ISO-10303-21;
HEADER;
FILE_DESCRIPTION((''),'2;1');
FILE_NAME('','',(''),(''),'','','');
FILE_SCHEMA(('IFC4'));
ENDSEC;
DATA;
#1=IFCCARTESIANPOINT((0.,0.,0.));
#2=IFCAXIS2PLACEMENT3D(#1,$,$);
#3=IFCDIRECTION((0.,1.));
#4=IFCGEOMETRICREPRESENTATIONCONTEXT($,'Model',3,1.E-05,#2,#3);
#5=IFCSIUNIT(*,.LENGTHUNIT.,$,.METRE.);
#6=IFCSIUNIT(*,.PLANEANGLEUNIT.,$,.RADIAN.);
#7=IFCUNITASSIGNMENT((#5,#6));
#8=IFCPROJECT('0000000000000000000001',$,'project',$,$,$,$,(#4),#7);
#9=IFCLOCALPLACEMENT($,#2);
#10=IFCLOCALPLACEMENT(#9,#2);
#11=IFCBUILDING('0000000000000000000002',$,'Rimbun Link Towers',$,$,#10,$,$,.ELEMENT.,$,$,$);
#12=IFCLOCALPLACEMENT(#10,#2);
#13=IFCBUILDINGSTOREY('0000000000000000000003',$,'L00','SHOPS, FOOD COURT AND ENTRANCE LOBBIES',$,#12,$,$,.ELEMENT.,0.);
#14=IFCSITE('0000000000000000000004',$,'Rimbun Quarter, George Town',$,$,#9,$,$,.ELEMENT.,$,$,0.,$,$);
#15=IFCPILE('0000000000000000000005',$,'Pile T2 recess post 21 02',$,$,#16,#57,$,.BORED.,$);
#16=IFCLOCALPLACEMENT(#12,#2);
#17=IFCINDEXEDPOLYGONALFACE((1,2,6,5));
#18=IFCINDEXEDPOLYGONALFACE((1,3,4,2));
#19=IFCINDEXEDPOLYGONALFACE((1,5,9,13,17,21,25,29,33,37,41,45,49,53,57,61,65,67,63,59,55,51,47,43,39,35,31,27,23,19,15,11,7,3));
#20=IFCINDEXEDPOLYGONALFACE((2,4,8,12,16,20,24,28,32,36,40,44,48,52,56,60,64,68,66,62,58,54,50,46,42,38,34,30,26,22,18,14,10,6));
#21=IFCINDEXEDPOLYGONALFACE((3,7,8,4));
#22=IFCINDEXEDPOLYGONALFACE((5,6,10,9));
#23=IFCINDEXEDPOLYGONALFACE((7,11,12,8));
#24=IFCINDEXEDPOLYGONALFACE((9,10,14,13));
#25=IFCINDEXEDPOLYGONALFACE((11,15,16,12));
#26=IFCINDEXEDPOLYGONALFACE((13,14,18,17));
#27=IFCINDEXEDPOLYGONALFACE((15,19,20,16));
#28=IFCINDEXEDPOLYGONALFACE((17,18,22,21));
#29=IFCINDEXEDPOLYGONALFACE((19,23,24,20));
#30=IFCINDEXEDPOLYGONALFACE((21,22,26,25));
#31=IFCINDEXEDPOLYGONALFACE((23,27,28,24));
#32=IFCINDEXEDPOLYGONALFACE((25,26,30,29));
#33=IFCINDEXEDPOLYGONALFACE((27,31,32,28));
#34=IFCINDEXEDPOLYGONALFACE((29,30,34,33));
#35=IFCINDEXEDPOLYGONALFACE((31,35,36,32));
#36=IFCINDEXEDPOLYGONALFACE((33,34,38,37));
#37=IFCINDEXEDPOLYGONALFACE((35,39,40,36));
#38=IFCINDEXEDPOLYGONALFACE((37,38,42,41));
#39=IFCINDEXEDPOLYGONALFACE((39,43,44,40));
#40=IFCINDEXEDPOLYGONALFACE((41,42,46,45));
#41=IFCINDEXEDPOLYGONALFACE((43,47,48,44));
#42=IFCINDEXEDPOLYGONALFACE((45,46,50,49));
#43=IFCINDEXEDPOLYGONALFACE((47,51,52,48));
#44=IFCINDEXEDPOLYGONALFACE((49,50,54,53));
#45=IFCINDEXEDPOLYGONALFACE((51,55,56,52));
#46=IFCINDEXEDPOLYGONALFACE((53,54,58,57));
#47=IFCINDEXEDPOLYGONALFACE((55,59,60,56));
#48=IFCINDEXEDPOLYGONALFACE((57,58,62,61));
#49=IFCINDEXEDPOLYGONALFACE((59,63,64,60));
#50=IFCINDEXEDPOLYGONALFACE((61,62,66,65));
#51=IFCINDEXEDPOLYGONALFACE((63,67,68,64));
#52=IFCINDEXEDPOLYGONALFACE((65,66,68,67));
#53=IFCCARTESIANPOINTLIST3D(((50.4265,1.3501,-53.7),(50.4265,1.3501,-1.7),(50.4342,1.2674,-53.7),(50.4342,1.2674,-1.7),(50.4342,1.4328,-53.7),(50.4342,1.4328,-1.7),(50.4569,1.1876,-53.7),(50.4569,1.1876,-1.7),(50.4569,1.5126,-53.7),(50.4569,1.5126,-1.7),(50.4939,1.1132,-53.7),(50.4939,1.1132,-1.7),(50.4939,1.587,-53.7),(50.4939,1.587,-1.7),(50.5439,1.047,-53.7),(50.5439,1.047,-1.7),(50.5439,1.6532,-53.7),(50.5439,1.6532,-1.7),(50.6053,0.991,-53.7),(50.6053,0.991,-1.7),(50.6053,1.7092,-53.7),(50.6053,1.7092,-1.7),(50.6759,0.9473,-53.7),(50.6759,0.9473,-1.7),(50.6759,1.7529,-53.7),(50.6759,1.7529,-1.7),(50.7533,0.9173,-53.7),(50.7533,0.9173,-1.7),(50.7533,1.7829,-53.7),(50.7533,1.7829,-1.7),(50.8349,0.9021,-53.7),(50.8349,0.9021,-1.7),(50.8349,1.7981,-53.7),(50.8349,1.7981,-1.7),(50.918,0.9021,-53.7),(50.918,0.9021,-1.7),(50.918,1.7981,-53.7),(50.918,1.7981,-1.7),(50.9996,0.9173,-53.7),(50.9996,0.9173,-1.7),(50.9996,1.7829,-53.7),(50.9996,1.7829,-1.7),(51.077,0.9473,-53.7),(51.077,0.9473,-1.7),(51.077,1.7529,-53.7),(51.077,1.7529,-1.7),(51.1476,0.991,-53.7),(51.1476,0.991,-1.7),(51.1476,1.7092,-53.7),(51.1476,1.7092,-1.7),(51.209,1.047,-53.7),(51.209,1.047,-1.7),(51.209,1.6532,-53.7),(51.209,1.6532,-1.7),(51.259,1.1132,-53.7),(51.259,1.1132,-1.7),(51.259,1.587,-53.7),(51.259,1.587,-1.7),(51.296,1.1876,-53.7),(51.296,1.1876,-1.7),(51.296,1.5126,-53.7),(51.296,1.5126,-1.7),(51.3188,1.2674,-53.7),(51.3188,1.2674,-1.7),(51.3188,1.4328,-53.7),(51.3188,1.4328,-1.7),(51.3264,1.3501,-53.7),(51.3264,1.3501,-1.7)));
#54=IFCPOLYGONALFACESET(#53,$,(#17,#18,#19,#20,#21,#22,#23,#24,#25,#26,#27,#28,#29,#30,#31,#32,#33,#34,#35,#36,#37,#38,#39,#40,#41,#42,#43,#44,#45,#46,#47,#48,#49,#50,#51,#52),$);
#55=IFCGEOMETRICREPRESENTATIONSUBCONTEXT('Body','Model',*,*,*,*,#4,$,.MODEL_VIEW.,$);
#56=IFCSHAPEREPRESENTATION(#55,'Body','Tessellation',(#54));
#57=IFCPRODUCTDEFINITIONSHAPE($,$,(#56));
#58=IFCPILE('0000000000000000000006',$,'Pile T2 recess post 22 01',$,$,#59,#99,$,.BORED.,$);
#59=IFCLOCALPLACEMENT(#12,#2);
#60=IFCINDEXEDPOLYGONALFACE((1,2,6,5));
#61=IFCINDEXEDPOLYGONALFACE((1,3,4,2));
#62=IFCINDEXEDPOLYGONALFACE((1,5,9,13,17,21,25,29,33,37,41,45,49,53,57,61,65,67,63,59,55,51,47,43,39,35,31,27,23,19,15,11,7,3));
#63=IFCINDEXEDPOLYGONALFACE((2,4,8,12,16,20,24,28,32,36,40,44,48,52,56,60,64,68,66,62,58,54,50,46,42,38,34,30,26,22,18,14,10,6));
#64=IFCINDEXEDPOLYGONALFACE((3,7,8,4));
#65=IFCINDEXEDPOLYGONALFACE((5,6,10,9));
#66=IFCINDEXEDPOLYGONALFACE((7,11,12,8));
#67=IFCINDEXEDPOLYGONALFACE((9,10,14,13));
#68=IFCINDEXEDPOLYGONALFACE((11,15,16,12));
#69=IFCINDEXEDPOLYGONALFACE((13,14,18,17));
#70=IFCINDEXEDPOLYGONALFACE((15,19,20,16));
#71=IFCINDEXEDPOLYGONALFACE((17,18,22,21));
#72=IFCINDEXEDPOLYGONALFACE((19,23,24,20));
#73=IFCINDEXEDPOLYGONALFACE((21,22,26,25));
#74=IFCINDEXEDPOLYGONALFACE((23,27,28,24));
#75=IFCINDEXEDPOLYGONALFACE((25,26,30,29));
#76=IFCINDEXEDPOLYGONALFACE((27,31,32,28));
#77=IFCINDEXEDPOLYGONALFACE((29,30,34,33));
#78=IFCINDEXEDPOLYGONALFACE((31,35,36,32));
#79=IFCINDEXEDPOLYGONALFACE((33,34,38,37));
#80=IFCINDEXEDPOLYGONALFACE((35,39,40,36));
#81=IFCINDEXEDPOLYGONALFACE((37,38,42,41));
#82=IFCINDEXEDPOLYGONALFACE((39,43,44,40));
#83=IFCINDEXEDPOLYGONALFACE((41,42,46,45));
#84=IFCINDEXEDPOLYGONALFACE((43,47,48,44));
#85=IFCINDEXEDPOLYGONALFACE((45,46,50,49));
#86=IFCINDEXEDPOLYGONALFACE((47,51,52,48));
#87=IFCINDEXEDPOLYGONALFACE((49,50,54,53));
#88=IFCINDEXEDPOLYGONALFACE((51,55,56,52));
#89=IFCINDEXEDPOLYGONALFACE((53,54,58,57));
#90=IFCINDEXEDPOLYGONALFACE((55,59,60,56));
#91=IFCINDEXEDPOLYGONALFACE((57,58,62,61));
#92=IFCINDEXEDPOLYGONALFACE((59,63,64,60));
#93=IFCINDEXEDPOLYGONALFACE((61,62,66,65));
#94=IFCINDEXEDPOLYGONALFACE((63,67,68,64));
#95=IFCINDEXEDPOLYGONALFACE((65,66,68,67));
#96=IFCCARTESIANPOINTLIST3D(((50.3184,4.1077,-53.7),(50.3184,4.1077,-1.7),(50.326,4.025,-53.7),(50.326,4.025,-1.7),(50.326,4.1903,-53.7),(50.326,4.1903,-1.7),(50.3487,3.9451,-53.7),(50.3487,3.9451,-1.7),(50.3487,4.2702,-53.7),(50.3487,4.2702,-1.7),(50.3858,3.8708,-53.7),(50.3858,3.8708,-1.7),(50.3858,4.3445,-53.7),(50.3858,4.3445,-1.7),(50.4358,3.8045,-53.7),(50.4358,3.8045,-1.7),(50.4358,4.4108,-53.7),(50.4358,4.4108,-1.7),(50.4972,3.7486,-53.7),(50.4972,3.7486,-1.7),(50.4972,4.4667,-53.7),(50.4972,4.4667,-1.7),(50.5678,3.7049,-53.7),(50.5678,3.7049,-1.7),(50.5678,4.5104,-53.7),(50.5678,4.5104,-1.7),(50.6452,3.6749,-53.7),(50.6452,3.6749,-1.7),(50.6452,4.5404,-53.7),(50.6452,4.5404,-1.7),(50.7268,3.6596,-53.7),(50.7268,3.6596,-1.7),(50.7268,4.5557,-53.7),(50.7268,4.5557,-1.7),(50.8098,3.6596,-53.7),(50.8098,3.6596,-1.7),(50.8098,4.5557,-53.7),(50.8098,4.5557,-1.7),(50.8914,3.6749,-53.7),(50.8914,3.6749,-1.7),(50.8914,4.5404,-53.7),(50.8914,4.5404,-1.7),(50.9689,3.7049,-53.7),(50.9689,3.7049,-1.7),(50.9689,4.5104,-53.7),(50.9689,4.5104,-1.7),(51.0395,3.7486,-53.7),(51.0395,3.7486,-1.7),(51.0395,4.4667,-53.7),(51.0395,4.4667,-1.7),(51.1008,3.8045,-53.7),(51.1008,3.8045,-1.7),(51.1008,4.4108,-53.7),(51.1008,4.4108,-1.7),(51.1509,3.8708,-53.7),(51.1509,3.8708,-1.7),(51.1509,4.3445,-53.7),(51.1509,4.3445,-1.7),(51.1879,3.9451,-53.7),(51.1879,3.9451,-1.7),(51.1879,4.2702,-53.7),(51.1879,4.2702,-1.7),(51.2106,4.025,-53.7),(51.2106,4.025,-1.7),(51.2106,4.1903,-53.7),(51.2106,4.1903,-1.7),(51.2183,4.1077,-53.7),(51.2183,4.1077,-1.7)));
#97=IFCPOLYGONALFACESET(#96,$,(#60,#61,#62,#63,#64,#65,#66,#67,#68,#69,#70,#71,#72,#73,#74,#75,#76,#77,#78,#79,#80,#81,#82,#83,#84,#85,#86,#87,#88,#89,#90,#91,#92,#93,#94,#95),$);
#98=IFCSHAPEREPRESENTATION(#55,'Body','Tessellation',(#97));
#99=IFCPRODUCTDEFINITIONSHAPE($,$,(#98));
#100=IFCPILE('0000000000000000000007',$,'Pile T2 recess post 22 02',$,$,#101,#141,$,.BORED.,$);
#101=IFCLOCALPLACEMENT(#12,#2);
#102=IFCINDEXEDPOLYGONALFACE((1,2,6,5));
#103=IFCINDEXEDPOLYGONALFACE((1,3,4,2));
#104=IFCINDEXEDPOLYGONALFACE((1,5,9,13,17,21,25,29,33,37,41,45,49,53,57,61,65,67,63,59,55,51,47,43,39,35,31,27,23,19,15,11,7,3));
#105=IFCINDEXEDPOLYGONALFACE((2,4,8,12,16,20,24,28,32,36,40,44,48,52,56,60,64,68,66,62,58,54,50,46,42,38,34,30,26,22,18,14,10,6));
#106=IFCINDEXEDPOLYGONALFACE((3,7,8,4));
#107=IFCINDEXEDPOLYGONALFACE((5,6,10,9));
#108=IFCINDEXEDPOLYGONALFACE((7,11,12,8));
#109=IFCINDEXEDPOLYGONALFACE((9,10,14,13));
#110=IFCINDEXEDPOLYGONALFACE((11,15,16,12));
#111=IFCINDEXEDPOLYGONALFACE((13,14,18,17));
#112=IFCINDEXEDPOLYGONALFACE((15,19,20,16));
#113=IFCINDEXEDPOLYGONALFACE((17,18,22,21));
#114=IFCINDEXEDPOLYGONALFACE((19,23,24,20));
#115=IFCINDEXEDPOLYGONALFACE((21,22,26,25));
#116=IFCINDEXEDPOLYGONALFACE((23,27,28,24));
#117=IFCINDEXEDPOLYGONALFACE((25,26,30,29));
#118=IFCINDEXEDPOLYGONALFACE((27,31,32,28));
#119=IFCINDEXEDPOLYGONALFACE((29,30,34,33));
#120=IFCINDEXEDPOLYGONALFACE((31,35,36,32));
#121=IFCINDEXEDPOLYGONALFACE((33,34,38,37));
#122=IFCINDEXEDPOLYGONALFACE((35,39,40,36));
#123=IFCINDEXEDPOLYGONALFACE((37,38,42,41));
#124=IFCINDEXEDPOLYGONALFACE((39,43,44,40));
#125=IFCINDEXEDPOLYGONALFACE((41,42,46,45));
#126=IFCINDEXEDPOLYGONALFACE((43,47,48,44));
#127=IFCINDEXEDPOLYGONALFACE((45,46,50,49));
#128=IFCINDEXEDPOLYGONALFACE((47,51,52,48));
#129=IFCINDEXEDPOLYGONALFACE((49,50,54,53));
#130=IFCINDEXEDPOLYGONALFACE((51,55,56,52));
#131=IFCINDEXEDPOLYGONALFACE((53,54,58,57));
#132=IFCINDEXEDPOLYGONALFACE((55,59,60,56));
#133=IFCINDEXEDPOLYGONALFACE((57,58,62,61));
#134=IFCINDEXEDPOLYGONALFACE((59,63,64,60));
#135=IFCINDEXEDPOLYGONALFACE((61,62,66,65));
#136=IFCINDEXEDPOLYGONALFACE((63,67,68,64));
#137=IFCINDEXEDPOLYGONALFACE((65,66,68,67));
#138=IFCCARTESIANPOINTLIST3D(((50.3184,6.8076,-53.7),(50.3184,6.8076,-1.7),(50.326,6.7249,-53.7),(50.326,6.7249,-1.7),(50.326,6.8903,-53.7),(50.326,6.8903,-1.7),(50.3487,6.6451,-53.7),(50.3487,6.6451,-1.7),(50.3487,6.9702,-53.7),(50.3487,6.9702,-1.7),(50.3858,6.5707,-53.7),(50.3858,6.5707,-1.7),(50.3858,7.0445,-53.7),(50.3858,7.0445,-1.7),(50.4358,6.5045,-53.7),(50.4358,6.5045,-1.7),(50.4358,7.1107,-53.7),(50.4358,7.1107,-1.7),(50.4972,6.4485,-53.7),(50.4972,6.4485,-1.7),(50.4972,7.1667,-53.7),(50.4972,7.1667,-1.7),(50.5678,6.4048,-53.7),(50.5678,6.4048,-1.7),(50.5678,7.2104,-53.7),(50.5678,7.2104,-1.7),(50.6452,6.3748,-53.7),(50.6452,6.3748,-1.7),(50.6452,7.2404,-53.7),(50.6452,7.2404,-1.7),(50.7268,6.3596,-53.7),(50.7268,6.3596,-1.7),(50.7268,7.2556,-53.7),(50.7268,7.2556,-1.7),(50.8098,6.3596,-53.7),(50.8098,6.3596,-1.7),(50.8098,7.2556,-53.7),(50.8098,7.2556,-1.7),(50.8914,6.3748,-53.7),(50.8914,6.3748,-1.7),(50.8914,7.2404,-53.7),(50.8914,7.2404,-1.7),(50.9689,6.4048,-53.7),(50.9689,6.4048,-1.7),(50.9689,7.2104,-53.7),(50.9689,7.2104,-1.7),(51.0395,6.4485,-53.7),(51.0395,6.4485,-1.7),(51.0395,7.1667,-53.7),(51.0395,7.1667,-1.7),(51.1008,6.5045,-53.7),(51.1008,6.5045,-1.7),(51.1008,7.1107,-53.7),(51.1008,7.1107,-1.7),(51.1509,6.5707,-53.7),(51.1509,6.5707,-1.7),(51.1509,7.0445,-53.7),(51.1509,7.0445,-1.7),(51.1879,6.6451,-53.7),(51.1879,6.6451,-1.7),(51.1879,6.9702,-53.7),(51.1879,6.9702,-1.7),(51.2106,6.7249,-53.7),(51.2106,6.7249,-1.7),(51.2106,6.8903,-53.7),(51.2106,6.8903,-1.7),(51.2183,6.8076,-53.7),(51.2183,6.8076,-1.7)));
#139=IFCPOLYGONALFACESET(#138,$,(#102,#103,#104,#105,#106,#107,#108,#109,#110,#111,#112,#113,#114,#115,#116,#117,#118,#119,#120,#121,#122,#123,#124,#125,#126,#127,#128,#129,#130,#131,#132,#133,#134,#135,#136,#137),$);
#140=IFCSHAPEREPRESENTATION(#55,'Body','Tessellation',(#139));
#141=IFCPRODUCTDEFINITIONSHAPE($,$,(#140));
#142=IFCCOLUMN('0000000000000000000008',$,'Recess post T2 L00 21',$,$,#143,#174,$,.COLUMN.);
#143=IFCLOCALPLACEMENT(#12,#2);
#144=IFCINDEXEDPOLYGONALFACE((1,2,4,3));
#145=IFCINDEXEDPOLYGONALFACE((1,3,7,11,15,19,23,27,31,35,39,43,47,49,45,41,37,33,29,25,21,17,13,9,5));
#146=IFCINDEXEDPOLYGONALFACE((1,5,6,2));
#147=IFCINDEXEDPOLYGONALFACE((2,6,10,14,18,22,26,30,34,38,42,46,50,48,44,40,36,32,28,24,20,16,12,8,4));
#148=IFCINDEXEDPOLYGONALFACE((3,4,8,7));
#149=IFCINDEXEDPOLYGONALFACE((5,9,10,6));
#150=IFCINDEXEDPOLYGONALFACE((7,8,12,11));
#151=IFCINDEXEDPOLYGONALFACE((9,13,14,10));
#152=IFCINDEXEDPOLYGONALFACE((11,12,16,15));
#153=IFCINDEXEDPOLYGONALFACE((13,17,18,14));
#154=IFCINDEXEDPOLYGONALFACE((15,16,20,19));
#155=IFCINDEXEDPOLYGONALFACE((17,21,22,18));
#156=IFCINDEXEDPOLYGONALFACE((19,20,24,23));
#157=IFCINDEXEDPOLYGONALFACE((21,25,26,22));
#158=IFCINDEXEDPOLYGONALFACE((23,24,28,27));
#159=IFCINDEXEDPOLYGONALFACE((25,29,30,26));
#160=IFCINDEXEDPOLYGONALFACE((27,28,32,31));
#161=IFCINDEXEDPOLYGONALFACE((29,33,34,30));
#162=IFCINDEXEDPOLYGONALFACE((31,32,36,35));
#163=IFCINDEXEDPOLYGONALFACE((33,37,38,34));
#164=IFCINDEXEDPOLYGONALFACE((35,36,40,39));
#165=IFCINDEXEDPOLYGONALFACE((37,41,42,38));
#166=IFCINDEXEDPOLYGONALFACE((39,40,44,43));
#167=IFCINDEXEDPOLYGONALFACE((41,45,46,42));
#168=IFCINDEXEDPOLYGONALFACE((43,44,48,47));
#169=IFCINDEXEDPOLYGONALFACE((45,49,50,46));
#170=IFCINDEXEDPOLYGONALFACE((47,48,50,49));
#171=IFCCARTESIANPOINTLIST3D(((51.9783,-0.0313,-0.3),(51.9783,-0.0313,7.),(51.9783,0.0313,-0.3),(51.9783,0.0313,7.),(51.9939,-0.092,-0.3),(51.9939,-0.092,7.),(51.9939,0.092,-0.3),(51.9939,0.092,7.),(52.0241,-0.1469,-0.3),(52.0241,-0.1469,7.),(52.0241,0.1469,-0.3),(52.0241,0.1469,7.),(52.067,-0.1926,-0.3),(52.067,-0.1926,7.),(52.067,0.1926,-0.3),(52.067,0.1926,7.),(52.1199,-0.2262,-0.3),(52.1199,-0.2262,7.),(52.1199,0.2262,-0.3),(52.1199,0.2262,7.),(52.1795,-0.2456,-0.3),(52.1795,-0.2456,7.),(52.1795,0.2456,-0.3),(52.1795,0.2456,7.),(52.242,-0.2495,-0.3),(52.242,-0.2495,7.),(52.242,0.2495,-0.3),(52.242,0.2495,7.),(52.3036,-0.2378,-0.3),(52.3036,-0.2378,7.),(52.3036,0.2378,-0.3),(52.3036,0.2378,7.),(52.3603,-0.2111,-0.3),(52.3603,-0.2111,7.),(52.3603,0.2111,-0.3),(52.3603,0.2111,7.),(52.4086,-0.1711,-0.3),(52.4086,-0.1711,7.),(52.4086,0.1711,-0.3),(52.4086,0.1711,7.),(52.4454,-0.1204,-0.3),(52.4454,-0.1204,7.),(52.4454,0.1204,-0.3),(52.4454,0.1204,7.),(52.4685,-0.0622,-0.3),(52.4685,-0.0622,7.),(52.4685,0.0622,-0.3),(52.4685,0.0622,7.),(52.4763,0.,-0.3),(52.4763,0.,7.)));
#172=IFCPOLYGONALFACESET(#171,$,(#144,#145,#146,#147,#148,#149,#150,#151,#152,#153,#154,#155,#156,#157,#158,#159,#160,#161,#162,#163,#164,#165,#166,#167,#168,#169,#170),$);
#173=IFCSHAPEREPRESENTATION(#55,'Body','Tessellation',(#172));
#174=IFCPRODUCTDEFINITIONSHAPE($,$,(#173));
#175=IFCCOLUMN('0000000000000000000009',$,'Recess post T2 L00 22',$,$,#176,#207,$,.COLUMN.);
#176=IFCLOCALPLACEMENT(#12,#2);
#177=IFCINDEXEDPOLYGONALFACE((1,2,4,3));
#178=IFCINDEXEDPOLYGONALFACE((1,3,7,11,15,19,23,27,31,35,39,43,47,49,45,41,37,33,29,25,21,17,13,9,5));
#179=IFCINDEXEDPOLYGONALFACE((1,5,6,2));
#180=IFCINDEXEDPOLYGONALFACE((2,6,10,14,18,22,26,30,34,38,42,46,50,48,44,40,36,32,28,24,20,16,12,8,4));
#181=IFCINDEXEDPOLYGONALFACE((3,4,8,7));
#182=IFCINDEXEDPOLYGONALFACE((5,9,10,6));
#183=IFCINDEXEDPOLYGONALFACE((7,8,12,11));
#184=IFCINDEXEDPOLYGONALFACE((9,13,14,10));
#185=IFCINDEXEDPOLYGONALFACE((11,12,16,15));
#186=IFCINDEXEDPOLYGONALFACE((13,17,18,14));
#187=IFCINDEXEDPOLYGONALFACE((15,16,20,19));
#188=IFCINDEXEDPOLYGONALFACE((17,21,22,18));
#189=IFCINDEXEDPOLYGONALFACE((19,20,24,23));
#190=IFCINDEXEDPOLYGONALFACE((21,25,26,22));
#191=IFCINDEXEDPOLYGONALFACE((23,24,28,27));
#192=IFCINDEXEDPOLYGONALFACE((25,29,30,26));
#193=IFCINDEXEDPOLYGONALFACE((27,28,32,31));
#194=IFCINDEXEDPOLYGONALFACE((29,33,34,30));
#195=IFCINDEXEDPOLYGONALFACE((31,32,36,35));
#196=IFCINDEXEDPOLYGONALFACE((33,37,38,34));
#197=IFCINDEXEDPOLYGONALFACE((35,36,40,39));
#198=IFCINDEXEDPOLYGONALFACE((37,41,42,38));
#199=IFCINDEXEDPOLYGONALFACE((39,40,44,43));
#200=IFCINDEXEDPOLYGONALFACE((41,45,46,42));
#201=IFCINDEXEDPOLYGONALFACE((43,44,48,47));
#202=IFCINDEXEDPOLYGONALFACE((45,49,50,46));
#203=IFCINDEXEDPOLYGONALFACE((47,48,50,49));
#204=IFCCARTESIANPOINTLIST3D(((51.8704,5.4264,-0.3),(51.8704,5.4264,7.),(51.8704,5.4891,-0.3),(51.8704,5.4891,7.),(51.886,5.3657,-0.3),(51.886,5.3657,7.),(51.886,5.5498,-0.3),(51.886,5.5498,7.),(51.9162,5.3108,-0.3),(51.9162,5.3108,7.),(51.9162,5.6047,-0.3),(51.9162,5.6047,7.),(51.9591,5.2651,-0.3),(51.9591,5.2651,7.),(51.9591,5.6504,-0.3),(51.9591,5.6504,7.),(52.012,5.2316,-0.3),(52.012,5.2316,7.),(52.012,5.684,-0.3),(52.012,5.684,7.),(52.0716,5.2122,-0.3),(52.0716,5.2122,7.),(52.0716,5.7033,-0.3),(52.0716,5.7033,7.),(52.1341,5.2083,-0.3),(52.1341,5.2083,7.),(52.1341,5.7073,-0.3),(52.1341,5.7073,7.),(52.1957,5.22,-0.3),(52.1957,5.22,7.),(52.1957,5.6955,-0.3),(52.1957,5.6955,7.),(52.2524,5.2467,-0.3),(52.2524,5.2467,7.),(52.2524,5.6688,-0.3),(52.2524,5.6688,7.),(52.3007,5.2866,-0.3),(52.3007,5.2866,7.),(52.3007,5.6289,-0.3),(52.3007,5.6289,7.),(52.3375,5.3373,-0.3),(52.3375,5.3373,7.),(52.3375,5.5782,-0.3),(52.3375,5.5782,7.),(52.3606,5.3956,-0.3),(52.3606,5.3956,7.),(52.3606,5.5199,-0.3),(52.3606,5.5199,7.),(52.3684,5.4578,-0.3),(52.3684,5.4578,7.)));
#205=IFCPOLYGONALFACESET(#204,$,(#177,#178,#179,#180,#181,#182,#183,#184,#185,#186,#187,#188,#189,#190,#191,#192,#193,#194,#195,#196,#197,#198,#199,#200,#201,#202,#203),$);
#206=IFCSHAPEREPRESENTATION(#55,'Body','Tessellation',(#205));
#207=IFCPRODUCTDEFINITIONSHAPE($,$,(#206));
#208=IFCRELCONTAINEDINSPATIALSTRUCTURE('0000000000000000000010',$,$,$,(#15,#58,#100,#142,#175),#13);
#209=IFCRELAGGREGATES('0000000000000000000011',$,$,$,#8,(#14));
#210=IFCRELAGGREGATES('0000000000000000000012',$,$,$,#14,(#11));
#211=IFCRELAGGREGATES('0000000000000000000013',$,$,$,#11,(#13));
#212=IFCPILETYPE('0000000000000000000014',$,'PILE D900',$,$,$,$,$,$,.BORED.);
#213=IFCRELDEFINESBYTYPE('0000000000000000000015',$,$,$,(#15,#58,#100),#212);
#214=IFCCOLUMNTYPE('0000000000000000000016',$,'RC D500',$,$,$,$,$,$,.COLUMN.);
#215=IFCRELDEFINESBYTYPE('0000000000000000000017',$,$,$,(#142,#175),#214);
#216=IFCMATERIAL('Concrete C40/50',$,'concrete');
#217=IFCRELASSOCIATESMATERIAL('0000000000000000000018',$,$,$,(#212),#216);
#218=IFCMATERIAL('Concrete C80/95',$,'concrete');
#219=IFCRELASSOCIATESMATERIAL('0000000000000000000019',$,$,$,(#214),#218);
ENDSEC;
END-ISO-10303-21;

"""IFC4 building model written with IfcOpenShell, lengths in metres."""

from ifc_helpers import new_model, si_unit, direction, frame, origin, origin_2d, place, context, subcontext, project, spatial, circle, extrude, material, material_profile, profile_set, type_object, element, save


model = new_model("IFC4")

# Units and contexts
model_context = context("Model", 3, precision=1e-05, world=origin(), true_north=direction((0.0, 1.0)))
body_context = subcontext(model_context, "Body", "Model", "MODEL_VIEW")
ifc_project = project(units=[si_unit("LENGTHUNIT", "METRE"), si_unit("PLANEANGLEUNIT", "RADIAN")], contexts=[model_context])

# Site, building, storey
site_placement = place(None, origin())
site = spatial("IfcSite", under=ifc_project, at=site_placement, Name="Rimbun Quarter, George Town", CompositionType="ELEMENT", RefElevation=0.0)
building_placement = place(site_placement, origin())
building = spatial("IfcBuilding", under=site, at=building_placement, Name="Rimbun Link Towers", CompositionType="ELEMENT")
storey_placement = place(building_placement, origin())
storey = spatial("IfcBuildingStorey", under=building, at=storey_placement, Name="L00", Description="SHOPS, FOOD COURT AND ENTRANCE LOBBIES", CompositionType="ELEMENT", Elevation=0.0)

# Piles
ifc_material_1 = material(Name="Concrete C40/50", Category="concrete")
ifc_material_profile_1 = material_profile(ifc_material_1, circle(Radius=0.45, at=origin_2d()), Name="PILE D900")
ifc_profile_set_1 = profile_set([ifc_material_profile_1], Name="Concrete C40/50")
pile_type_1 = type_object("IfcPileType", Name="PILE D900", PredefinedType="BORED", material=ifc_profile_set_1)
for number, where, z_axis, x_axis, name in (
    (1, (50.8765, 1.3501, -1.7), (0.0, 0.0, -1.0), (1.0, 0.0, 0.0), "Pile T2 recess post 21 02"),
    (2, (50.7683, 4.1077, -1.7), (0.0, 0.0, -1.0), (1.0, 0.0, 0.0), "Pile T2 recess post 22 01"),
    (3, (50.7683, 6.8076, -1.7), (0.0, 0.0, -1.0), (1.0, 0.0, 0.0), "Pile T2 recess post 22 02"),
):
    element("IfcPile", number, at=place(storey_placement, frame(where, z_axis=z_axis, x_axis=x_axis)), inside=storey, type_object=pile_type_1, Name=name, PredefinedType="BORED", context=body_context, shape_type="SweptSolid", body=[
        extrude(circle(Radius=0.45, at=origin_2d()), origin(), (0.0, 0.0, 1.0), 52.0),
    ])

# Columns
ifc_material_2 = material(Name="Concrete C80/95", Category="concrete")
ifc_material_profile_2 = material_profile(ifc_material_2, circle(Radius=0.25, at=origin_2d()), Name="RC D500")
ifc_profile_set_2 = profile_set([ifc_material_profile_2], Name="Concrete C80/95")
column_type = type_object("IfcColumnType", Name="RC D500", PredefinedType="COLUMN", material=ifc_profile_set_2)
for number, where, z_axis, x_axis, name in (
    (4, (52.2263, 0.0, -0.3), (0.0, 0.0, 1.0), (1.0, 0.0, 0.0), "Recess post T2 L00 21"),
    (5, (52.1184, 5.4578, -0.3), (0.0, 0.0, 1.0), (1.0, 0.0, 0.0), "Recess post T2 L00 22"),
):
    element("IfcColumn", number, at=place(storey_placement, frame(where, z_axis=z_axis, x_axis=x_axis)), inside=storey, type_object=column_type, Name=name, PredefinedType="COLUMN", context=body_context, shape_type="SweptSolid", body=[
        extrude(circle(Radius=0.25, at=origin_2d()), origin(), (0.0, 0.0, 1.0), 7.3),
    ])

save(model, "model.ifc")
